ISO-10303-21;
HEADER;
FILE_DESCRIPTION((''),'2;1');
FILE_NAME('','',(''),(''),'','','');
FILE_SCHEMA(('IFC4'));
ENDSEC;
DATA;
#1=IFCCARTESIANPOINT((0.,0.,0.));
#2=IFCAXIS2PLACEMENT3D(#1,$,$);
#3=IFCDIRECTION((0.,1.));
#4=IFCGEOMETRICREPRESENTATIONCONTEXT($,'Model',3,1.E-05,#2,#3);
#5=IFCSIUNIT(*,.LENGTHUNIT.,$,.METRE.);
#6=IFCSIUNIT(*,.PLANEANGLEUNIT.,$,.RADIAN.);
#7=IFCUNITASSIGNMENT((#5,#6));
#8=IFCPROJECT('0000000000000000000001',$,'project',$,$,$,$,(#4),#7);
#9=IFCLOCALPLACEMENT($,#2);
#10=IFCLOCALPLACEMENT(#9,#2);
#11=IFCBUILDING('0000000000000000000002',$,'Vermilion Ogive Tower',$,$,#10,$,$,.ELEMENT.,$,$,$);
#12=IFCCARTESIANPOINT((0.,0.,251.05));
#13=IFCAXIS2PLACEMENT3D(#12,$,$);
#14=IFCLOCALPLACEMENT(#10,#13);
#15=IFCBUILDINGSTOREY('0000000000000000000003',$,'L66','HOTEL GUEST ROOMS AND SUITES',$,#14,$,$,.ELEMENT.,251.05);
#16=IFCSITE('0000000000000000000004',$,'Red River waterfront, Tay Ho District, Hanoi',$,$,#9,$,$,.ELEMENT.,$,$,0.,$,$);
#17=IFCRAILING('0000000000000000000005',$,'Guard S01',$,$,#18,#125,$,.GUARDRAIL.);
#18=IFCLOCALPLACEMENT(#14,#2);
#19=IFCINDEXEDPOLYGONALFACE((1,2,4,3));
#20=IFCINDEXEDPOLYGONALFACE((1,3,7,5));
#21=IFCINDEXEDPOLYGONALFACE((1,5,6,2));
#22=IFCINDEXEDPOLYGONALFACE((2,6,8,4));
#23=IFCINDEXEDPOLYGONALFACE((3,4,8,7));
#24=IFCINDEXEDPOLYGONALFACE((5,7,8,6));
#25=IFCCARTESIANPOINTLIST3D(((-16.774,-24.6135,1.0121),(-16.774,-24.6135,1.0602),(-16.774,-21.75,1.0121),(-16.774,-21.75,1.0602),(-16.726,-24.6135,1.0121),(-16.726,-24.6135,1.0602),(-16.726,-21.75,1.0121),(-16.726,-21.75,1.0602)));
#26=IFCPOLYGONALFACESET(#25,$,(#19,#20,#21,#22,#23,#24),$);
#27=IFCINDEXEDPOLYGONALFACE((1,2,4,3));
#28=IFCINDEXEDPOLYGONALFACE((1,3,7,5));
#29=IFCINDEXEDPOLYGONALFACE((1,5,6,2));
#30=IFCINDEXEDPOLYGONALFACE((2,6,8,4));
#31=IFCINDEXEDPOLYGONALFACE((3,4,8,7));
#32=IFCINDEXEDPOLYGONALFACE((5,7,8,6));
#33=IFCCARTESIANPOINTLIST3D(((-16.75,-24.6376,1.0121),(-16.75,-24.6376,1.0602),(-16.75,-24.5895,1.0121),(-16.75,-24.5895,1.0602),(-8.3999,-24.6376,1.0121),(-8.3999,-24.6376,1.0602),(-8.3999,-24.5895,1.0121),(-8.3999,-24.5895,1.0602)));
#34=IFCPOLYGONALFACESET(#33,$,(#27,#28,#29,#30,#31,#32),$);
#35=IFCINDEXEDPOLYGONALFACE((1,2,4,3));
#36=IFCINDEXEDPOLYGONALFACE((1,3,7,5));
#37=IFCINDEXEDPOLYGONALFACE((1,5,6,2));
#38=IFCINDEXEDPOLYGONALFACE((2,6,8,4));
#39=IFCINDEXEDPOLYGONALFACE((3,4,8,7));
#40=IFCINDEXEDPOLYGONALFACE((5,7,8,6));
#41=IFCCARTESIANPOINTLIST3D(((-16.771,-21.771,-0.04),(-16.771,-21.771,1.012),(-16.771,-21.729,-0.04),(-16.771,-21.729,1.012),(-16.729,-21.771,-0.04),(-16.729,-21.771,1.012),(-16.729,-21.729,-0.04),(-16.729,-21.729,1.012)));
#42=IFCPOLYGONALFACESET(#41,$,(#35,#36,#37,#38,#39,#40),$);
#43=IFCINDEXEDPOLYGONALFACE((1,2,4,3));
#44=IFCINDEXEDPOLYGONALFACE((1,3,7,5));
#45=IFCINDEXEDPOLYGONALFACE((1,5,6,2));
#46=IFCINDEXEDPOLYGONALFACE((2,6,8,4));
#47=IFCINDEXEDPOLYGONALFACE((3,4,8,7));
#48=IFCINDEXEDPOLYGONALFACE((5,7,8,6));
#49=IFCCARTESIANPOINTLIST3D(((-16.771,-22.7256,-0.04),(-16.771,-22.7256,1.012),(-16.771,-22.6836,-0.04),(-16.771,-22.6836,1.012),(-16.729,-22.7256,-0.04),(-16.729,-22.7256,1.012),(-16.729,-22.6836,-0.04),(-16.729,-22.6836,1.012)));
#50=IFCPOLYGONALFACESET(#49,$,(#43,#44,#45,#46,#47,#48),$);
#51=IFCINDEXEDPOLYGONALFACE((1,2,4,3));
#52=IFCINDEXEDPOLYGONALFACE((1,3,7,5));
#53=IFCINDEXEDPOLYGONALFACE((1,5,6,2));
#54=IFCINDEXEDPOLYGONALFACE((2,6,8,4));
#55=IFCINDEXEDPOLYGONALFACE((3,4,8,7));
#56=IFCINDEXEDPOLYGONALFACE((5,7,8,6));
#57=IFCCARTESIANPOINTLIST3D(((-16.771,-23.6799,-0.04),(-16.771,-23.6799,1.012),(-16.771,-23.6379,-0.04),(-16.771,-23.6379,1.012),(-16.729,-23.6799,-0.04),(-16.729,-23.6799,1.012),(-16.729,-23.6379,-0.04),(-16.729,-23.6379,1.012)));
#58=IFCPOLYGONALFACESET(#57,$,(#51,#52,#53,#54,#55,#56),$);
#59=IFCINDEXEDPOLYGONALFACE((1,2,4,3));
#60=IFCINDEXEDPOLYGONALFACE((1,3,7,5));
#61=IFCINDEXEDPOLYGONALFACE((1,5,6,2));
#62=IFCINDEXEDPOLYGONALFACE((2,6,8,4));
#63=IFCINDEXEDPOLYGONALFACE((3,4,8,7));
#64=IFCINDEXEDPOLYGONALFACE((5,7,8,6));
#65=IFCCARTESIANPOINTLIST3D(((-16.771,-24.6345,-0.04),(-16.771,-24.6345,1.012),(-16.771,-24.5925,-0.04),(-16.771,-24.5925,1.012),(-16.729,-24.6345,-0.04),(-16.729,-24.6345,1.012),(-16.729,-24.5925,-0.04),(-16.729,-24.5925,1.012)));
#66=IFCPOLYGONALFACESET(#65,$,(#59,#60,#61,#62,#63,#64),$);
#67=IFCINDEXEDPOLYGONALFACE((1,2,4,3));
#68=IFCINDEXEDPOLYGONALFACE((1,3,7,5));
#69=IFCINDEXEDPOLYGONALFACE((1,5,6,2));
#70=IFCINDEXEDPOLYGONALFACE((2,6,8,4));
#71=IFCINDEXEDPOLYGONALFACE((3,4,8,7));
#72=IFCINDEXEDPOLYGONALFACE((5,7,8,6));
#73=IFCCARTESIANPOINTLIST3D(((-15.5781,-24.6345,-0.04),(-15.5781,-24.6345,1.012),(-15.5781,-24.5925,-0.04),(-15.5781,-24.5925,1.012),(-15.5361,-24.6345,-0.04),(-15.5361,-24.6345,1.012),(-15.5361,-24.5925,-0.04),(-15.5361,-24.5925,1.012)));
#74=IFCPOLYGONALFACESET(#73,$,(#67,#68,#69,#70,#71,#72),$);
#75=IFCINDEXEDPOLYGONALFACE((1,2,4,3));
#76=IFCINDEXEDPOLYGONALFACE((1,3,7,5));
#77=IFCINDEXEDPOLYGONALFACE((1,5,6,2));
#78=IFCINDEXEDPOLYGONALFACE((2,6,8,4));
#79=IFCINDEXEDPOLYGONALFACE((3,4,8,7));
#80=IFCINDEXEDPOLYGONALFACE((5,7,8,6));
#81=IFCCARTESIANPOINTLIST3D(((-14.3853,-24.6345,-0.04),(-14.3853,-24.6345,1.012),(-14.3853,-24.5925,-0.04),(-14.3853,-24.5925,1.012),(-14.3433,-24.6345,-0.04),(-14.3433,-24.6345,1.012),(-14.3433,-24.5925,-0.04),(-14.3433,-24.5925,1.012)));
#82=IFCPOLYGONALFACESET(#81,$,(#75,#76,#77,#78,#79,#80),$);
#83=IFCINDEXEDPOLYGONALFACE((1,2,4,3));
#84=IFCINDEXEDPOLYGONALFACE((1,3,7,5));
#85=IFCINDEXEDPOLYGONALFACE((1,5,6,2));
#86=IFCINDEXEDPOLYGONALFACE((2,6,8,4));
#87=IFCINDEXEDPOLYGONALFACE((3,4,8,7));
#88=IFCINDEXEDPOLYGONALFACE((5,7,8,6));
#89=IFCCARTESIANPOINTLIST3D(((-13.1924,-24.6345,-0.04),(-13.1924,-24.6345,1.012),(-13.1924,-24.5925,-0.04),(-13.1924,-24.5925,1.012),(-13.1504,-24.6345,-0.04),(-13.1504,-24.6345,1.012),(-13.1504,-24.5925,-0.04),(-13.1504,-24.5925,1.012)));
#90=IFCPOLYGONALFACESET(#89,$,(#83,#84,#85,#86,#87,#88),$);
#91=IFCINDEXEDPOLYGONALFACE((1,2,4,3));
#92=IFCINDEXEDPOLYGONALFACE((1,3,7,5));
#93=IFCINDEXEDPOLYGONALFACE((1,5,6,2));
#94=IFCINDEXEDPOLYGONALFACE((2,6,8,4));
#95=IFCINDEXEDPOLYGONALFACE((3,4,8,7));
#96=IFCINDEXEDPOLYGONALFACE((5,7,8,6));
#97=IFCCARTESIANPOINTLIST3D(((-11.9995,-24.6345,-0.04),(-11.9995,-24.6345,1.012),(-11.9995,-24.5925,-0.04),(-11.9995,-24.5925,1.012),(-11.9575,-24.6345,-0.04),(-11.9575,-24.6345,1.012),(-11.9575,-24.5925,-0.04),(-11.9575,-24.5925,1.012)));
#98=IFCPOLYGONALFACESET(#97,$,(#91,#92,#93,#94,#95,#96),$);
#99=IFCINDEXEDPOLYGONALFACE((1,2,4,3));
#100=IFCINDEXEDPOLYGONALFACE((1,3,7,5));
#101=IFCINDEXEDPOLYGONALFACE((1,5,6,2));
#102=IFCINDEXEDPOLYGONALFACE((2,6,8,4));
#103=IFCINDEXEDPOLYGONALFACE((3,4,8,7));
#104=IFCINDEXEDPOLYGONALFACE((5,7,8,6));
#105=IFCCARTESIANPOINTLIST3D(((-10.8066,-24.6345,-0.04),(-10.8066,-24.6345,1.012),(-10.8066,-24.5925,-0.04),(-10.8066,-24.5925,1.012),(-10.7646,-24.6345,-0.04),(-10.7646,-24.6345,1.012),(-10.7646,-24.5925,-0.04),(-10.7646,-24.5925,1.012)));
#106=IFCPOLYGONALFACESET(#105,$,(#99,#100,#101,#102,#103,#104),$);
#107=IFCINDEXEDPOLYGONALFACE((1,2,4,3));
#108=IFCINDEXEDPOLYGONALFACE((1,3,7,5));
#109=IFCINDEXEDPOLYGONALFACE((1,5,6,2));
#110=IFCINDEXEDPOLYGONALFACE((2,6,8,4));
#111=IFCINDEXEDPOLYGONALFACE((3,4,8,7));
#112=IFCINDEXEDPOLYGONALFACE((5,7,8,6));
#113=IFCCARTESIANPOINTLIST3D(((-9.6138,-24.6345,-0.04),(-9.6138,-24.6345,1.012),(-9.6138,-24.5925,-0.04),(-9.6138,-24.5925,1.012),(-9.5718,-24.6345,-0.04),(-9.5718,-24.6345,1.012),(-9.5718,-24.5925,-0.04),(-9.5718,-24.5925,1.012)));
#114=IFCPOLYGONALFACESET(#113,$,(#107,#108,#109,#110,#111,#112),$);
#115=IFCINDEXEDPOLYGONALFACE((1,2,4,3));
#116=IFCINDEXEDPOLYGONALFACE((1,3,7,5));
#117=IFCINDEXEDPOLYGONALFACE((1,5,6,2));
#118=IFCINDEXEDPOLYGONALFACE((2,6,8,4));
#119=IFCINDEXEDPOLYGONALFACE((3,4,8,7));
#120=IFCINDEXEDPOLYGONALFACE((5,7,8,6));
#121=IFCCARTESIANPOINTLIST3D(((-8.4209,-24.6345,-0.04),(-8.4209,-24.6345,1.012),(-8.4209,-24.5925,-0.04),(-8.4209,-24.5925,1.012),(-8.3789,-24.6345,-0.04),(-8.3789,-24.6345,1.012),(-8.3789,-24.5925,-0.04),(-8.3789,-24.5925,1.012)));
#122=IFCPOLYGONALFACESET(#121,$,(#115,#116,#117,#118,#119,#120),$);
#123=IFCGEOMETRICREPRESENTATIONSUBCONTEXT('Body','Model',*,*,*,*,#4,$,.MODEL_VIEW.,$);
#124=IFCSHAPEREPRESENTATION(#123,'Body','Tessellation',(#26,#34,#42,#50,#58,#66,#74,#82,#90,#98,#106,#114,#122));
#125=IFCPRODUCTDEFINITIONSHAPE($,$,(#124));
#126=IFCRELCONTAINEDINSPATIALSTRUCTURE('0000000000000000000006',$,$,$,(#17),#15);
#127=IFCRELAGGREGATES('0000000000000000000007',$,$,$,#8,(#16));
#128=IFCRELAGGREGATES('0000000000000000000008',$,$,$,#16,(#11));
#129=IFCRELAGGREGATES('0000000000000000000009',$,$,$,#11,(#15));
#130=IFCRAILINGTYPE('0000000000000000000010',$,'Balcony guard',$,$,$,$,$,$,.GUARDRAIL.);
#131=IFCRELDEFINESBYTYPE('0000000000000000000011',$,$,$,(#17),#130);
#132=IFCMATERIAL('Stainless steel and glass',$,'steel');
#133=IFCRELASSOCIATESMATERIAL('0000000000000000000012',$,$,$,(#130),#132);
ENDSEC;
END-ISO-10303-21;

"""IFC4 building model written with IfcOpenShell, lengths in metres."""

from ifc_helpers import new_model, si_unit, direction, frame, origin, origin_2d, place, context, subcontext, project, spatial, rectangle, extrude, material, type_object, element, save


model = new_model("IFC4")

# Units and contexts
model_context = context("Model", 3, precision=1e-05, world=origin(), true_north=direction((0.0, 1.0)))
body_context = subcontext(model_context, "Body", "Model", "MODEL_VIEW")
ifc_project = project(units=[si_unit("LENGTHUNIT", "METRE"), si_unit("PLANEANGLEUNIT", "RADIAN")], contexts=[model_context])

# Site, building, storey
site_placement = place(None, origin())
site = spatial("IfcSite", under=ifc_project, at=site_placement, Name="Red River waterfront, Tay Ho District, Hanoi", CompositionType="ELEMENT", RefElevation=0.0)
building_placement = place(site_placement, origin())
building = spatial("IfcBuilding", under=site, at=building_placement, Name="Vermilion Ogive Tower", CompositionType="ELEMENT")
storey_placement = place(building_placement, frame((0.0, 0.0, 251.05)))
storey = spatial("IfcBuildingStorey", under=building, at=storey_placement, Name="L66", Description="HOTEL GUEST ROOMS AND SUITES", CompositionType="ELEMENT", Elevation=251.05)

# Railing
ifc_material_1 = material(Name="Stainless steel and glass", Category="steel")
railing_type = type_object("IfcRailingType", Name="Balcony guard", PredefinedType="GUARDRAIL", material=ifc_material_1)
railing_placement = place(storey_placement, frame((-16.75, -21.75, -0.04)))
element("IfcRailing", 1, at=railing_placement, inside=storey, type_object=railing_type, Name="Guard S01", PredefinedType="GUARDRAIL", context=body_context, shape_type="SweptSolid", body=[
    extrude(rectangle(XDim=0.0481, YDim=0.0481, at=origin_2d()), frame((0.0, 0.0, 1.0762), z_axis=(0.0, -1.0, 0.0), x_axis=(1.0, 0.0, 0.0)), (0.0, 0.0, 1.0), 2.8635),
    extrude(rectangle(XDim=0.0481, YDim=0.0481, at=origin_2d()), frame((0.0, -2.8635, 1.0762), z_axis=(1.0, 0.0, 0.0), x_axis=(0.0, 1.0, 0.0)), (0.0, 0.0, 1.0), 8.3501),
    extrude(rectangle(XDim=0.042, YDim=0.042, at=origin_2d()), origin(), (0.0, 0.0, 1.0), 1.052),
    extrude(rectangle(XDim=0.042, YDim=0.042, at=origin_2d()), frame((0.0, -0.9546, 0.0)), (0.0, 0.0, 1.0), 1.052),
    extrude(rectangle(XDim=0.042, YDim=0.042, at=origin_2d()), frame((0.0, -1.9089, 0.0)), (0.0, 0.0, 1.0), 1.052),
    extrude(rectangle(XDim=0.042, YDim=0.042, at=origin_2d()), frame((0.0, -2.8635, 0.0)), (0.0, 0.0, 1.0), 1.052),
    extrude(rectangle(XDim=0.042, YDim=0.042, at=origin_2d()), frame((1.1929, -2.8635, 0.0)), (0.0, 0.0, 1.0), 1.052),
    extrude(rectangle(XDim=0.042, YDim=0.042, at=origin_2d()), frame((2.3857, -2.8635, 0.0)), (0.0, 0.0, 1.0), 1.052),
    extrude(rectangle(XDim=0.042, YDim=0.042, at=origin_2d()), frame((3.5786, -2.8635, 0.0)), (0.0, 0.0, 1.0), 1.052),
    extrude(rectangle(XDim=0.042, YDim=0.042, at=origin_2d()), frame((4.7715, -2.8635, 0.0)), (0.0, 0.0, 1.0), 1.052),
    extrude(rectangle(XDim=0.042, YDim=0.042, at=origin_2d()), frame((5.9644, -2.8635, 0.0)), (0.0, 0.0, 1.0), 1.052),
    extrude(rectangle(XDim=0.042, YDim=0.042, at=origin_2d()), frame((7.1572, -2.8635, 0.0)), (0.0, 0.0, 1.0), 1.052),
    extrude(rectangle(XDim=0.042, YDim=0.042, at=origin_2d()), frame((8.3501, -2.8635, 0.0)), (0.0, 0.0, 1.0), 1.052),
])

save(model, "model.ifc")
